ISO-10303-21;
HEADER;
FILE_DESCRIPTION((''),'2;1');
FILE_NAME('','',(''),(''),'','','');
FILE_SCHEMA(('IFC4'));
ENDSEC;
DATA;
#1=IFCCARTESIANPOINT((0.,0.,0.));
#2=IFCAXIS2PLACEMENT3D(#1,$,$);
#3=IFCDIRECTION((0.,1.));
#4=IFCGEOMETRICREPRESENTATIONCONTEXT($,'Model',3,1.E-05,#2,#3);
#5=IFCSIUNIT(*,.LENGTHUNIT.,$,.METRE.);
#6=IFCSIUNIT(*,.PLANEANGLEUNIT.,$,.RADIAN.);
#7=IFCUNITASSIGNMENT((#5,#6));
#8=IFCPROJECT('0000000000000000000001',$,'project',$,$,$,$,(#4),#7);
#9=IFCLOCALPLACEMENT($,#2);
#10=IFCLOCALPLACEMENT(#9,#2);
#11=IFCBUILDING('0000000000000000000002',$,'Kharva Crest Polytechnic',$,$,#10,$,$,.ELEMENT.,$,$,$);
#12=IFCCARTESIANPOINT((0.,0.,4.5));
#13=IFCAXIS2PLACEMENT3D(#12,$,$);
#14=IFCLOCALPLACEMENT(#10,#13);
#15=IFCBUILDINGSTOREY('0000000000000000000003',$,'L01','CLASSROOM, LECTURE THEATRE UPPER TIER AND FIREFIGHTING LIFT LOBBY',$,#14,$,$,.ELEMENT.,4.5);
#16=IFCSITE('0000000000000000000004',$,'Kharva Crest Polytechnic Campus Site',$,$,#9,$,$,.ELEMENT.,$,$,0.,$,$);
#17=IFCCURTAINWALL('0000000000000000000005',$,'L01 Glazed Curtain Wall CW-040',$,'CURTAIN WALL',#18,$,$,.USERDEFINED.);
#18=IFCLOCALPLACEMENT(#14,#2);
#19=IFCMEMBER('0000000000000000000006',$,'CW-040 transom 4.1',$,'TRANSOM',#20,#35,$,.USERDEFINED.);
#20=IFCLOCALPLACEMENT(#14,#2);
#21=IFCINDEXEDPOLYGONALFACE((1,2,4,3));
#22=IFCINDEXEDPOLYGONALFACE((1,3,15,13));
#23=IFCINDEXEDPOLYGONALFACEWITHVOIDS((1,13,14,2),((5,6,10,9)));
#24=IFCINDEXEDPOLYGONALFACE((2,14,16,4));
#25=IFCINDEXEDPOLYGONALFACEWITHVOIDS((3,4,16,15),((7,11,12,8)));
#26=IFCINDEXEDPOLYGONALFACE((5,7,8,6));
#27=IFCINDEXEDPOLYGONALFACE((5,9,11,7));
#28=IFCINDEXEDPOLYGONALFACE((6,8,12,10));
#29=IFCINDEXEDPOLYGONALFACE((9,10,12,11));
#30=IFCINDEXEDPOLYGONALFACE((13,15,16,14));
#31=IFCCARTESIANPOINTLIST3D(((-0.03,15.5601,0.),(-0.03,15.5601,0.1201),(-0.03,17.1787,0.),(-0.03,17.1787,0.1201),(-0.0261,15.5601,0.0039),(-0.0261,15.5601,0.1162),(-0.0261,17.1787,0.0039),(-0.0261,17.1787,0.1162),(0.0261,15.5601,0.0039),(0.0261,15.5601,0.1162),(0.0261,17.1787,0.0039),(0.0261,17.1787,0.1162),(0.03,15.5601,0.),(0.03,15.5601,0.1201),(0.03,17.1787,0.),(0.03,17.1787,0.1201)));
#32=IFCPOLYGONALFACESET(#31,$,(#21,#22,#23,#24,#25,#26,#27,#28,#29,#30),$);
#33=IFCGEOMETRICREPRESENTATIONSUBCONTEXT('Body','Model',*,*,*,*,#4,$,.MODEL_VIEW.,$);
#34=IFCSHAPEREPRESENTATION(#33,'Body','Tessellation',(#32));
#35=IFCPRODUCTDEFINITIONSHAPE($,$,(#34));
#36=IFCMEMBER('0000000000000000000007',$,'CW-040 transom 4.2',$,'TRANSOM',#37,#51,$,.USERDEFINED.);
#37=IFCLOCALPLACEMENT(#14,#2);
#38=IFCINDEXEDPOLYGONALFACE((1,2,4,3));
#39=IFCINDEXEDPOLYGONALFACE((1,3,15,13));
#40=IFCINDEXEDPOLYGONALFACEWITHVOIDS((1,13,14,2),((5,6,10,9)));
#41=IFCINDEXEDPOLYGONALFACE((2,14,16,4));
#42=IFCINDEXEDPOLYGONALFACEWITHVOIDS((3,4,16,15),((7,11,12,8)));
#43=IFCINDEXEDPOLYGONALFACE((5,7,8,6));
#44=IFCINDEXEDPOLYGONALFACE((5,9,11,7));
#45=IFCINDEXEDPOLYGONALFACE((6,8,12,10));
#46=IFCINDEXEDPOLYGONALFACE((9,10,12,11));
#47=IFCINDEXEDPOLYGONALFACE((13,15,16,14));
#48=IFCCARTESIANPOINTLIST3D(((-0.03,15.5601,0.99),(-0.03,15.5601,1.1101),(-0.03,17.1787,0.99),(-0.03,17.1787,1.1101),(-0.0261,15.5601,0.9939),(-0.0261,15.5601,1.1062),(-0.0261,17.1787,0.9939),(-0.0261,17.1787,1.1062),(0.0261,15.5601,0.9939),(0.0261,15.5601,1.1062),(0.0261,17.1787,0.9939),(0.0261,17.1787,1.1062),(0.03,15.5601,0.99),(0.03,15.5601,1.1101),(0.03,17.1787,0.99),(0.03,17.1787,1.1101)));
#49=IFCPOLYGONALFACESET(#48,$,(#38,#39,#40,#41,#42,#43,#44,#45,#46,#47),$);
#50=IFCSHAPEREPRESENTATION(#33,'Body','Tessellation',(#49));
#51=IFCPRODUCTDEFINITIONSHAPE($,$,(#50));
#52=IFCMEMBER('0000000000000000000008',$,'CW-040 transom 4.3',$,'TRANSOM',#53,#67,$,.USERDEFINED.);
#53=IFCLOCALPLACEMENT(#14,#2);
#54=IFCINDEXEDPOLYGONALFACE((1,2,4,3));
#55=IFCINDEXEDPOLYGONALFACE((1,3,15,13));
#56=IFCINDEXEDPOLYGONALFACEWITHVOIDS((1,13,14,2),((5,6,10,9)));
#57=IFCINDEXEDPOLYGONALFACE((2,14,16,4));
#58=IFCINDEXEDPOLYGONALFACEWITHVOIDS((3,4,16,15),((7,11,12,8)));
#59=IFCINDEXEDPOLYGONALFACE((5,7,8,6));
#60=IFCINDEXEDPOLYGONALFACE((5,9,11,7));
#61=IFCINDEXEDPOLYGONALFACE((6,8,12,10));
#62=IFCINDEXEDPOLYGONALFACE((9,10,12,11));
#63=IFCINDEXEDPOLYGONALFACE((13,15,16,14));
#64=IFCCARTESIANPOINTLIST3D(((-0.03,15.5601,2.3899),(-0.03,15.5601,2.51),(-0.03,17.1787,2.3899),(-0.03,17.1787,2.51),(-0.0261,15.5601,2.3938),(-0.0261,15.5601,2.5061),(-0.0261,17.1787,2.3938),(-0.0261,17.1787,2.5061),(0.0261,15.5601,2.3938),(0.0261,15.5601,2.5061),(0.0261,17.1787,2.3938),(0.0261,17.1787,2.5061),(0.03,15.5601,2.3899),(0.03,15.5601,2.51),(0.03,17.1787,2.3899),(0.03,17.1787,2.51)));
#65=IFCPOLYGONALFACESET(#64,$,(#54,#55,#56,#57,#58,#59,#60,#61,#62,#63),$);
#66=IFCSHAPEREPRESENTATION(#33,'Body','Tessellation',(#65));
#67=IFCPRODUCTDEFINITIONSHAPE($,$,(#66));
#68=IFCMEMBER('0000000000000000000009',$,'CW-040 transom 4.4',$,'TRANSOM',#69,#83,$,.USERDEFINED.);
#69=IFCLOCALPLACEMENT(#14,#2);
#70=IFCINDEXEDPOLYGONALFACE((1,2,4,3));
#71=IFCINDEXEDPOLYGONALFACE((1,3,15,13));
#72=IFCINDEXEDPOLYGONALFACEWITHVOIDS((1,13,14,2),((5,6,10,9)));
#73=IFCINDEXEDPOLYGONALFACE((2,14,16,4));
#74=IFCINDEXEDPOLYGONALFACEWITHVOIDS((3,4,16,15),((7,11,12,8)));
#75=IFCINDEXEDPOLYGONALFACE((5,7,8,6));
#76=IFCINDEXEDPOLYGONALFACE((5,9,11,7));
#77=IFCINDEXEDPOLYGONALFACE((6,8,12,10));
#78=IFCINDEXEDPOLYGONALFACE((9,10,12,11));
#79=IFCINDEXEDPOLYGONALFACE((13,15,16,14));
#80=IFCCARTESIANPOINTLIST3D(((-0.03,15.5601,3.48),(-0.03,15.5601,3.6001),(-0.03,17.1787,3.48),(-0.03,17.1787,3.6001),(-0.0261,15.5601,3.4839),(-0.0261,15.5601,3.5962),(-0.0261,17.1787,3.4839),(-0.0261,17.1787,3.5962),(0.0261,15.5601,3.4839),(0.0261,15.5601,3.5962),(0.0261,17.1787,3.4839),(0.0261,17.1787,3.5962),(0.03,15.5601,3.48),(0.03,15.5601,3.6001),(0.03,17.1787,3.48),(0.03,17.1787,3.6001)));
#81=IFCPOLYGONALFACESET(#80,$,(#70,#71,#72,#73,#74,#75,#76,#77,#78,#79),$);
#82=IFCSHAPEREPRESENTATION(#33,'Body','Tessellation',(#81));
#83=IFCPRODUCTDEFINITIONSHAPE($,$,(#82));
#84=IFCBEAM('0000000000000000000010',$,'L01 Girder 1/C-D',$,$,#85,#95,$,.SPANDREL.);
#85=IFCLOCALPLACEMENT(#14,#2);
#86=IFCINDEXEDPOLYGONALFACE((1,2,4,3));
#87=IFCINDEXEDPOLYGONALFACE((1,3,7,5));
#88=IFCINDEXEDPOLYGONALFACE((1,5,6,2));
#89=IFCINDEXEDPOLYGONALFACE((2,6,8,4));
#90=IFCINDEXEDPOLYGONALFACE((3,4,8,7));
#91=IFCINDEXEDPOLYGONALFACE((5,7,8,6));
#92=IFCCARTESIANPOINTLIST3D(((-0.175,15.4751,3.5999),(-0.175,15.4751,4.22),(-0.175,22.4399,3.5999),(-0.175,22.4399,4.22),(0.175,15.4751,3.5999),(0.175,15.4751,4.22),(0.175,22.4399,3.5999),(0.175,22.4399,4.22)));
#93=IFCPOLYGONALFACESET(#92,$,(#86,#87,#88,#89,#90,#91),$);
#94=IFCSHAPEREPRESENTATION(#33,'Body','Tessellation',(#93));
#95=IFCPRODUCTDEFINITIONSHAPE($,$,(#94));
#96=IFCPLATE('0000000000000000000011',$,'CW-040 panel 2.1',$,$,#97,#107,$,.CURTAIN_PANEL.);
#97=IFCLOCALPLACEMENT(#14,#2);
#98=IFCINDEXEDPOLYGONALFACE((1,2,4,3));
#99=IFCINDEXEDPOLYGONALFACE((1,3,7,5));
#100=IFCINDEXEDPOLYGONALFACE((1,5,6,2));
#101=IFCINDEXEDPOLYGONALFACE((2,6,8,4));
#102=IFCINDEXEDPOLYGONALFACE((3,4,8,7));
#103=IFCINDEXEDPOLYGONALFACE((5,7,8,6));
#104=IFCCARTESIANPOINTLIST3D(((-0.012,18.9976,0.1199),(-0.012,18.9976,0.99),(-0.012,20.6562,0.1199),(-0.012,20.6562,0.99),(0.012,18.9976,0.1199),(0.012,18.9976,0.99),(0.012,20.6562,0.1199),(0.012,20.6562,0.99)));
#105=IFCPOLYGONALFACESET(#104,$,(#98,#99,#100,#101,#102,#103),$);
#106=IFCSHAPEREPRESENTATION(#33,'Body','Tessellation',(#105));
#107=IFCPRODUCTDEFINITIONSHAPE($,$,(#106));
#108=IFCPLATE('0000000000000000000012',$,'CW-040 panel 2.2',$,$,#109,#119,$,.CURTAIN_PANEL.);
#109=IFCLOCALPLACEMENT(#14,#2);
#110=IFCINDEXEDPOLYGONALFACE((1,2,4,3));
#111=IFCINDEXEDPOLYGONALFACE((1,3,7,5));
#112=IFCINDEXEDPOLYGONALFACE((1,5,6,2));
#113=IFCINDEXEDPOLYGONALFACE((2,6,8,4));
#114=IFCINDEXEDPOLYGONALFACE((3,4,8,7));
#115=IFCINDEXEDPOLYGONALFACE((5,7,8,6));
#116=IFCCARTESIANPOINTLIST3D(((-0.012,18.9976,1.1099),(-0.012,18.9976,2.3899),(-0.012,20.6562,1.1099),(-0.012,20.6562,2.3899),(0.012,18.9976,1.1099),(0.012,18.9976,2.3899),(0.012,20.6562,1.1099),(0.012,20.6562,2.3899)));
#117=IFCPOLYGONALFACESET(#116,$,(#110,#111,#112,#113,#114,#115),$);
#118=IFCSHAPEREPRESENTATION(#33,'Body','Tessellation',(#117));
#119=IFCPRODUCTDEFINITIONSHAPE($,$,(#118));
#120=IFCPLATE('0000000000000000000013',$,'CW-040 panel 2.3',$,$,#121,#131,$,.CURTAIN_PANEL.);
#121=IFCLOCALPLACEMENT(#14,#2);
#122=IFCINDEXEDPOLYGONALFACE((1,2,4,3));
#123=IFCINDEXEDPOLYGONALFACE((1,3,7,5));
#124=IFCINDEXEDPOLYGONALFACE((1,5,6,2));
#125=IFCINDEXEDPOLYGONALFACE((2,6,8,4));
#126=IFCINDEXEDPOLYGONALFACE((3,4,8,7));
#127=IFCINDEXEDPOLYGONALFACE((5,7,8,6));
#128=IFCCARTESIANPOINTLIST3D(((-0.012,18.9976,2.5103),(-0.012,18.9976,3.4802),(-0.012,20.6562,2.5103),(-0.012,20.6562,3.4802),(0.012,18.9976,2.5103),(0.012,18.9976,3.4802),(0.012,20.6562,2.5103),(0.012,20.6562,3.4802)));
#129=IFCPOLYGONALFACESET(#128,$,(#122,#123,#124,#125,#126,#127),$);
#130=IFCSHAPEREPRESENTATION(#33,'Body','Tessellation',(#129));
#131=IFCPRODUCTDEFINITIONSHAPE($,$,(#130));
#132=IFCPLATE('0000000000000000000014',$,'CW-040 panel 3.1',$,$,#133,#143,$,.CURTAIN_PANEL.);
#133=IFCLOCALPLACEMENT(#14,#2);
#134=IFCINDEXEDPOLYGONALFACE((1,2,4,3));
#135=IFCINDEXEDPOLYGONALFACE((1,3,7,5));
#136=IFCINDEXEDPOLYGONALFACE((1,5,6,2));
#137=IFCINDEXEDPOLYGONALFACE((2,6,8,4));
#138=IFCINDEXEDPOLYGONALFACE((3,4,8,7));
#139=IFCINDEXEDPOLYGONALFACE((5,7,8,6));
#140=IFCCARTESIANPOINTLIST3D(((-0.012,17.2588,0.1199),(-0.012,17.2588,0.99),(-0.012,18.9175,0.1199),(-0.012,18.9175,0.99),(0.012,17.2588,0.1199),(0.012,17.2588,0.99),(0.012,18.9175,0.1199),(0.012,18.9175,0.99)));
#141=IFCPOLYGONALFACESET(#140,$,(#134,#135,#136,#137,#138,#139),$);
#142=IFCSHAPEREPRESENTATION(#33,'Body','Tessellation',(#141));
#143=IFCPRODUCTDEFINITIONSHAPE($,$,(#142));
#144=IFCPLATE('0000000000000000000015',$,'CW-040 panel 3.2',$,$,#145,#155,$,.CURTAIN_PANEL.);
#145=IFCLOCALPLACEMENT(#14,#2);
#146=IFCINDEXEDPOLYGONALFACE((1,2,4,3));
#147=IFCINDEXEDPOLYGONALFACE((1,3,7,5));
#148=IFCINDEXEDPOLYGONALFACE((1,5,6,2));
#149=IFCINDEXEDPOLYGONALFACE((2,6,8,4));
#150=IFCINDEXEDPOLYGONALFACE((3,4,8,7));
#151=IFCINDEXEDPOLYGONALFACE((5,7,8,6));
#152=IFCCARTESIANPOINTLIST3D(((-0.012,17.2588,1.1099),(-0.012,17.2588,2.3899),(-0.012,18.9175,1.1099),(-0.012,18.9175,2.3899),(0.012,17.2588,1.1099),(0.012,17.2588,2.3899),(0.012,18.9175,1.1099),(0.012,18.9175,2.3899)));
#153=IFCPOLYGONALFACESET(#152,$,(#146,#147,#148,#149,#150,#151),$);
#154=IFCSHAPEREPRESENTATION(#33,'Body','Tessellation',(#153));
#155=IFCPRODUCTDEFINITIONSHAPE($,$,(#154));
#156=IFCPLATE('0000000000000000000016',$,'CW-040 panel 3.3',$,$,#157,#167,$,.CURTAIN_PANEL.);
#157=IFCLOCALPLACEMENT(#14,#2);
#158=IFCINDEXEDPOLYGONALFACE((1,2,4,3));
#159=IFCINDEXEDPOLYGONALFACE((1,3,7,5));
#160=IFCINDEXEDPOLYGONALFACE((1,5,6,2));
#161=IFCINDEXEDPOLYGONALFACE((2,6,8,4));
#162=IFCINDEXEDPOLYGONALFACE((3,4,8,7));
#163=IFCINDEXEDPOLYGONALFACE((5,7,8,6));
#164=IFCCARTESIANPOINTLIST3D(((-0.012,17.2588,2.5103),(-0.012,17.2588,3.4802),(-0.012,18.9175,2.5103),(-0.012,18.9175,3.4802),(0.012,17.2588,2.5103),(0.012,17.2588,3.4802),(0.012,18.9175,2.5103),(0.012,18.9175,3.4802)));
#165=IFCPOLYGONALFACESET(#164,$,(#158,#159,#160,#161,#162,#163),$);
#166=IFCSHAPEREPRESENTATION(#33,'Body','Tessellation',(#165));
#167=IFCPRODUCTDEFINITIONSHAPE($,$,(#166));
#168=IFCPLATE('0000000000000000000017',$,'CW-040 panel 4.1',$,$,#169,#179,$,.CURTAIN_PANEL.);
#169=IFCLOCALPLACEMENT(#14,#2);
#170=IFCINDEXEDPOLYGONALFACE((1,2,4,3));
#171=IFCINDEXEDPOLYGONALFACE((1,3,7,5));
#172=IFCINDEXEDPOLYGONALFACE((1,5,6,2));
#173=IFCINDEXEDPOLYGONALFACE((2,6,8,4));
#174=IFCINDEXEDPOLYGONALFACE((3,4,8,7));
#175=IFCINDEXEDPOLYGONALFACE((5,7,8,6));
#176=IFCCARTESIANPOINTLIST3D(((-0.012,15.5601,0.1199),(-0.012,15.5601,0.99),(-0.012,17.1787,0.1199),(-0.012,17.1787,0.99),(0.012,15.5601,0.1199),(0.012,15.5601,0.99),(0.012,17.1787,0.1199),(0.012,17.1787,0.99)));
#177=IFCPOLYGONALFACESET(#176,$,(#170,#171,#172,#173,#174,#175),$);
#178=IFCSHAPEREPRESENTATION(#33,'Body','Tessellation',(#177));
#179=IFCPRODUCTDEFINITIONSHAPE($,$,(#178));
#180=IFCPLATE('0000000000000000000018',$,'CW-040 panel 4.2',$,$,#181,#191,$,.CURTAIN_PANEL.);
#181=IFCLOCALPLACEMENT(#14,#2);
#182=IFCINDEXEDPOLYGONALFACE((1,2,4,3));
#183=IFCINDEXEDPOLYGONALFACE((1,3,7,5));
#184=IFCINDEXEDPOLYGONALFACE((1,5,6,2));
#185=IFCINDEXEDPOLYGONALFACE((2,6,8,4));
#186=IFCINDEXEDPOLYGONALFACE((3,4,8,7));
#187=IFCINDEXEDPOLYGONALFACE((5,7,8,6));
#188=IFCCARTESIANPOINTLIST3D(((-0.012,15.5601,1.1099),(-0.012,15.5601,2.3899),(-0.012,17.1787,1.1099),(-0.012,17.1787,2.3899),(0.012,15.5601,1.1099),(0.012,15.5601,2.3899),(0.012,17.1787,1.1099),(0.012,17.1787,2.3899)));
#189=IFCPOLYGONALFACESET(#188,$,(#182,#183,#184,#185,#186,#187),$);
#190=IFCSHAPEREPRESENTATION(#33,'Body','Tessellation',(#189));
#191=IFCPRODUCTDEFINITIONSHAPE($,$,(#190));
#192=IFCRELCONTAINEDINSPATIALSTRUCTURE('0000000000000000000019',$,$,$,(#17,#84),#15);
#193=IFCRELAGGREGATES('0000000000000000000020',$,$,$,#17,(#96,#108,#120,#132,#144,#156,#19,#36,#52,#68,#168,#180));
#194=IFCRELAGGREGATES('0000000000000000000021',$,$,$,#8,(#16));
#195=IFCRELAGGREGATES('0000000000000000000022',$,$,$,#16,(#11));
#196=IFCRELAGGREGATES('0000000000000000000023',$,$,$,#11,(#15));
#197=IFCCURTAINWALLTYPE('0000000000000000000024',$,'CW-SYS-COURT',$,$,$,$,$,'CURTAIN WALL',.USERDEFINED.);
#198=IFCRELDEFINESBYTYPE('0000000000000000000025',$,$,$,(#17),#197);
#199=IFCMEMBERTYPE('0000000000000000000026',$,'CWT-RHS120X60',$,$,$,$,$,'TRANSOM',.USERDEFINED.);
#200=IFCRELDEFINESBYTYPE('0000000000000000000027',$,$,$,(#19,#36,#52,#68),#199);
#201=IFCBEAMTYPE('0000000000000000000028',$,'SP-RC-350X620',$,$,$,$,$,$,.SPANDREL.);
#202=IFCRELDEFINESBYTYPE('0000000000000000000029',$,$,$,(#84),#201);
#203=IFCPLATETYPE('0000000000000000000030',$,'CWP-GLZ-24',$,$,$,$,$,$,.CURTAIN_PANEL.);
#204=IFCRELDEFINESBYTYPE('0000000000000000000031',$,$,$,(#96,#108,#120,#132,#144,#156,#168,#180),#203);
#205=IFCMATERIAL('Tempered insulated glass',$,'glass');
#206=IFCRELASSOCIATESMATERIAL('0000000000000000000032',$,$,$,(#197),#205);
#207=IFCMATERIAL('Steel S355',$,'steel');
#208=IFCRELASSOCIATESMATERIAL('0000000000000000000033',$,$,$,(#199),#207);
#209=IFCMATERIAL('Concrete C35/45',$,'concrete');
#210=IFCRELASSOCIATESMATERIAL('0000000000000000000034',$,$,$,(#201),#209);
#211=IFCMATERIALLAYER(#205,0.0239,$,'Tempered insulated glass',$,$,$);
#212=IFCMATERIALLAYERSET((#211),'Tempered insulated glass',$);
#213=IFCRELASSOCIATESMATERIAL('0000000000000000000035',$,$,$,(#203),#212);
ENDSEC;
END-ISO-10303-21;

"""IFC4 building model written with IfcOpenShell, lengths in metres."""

from ifc_helpers import new_model, si_unit, direction, frame, origin, origin_2d, place, context, subcontext, project, spatial, rectangle, hollow_rectangle, extrude, material, layer, layer_set, material_profile, profile_set, type_object, element, aggregate, save


model = new_model("IFC4")

# Units and contexts
model_context = context("Model", 3, precision=1e-05, world=origin(), true_north=direction((0.0, 1.0)))
body_context = subcontext(model_context, "Body", "Model", "MODEL_VIEW")
ifc_project = project(units=[si_unit("LENGTHUNIT", "METRE"), si_unit("PLANEANGLEUNIT", "RADIAN")], contexts=[model_context])

# Site, building, storey
site_placement = place(None, origin())
site = spatial("IfcSite", under=ifc_project, at=site_placement, Name="Kharva Crest Polytechnic Campus Site", CompositionType="ELEMENT", RefElevation=0.0)
building_placement = place(site_placement, origin())
building = spatial("IfcBuilding", under=site, at=building_placement, Name="Kharva Crest Polytechnic", CompositionType="ELEMENT")
storey_placement = place(building_placement, frame((0.0, 0.0, 4.5)))
storey = spatial("IfcBuildingStorey", under=building, at=storey_placement, Name="L01", Description="CLASSROOM, LECTURE THEATRE UPPER TIER AND FIREFIGHTING LIFT LOBBY", CompositionType="ELEMENT", Elevation=4.5)

# Shared definitions
ifc_material_1 = material(Name="Concrete C35/45", Category="concrete")
ifc_material_2 = material(Name="Steel S355", Category="steel")

# Curtain wall, members
ifc_material_3 = material(Name="Tempered insulated glass", Category="glass")
curtain_wall_type = type_object("IfcCurtainWallType", Name="CW-SYS-COURT", ElementType="CURTAIN WALL", PredefinedType="USERDEFINED", material=ifc_material_3)
curtain_wall_placement = place(storey_placement, origin())
curtain_wall = element("IfcCurtainWall", 1, at=curtain_wall_placement, inside=storey, type_object=curtain_wall_type, Name="L01 Glazed Curtain Wall CW-040", ObjectType="CURTAIN WALL", PredefinedType="USERDEFINED")
ifc_material_profile_1 = material_profile(ifc_material_2, hollow_rectangle(XDim=0.0601, YDim=0.1201, WallThickness=0.0039, at=origin_2d()), Name="RHS 120X60X4.0")
ifc_profile_set_1 = profile_set([ifc_material_profile_1], Name="Steel S355")
member_type_1 = type_object("IfcMemberType", Name="CWT-RHS120X60", ElementType="TRANSOM", PredefinedType="USERDEFINED", material=ifc_profile_set_1)
member_1_placement = place(storey_placement, frame((0.0, 17.1787, 0.0601), z_axis=(0.0, -1.0, 0.0), x_axis=(1.0, 0.0, 0.0)))
member_1 = element("IfcMember", 2, at=member_1_placement, type_object=member_type_1, Name="CW-040 transom 4.1", ObjectType="TRANSOM", PredefinedType="USERDEFINED", context=body_context, shape_type="SweptSolid", body=[
    extrude(hollow_rectangle(XDim=0.0601, YDim=0.1201, WallThickness=0.0039, at=origin_2d()), origin(), (0.0, 0.0, 1.0), 1.6187),
])
member_2_placement = place(storey_placement, frame((0.0, 17.1787, 1.05), z_axis=(0.0, -1.0, 0.0), x_axis=(1.0, 0.0, 0.0)))
member_2 = element("IfcMember", 3, at=member_2_placement, type_object=member_type_1, Name="CW-040 transom 4.2", ObjectType="TRANSOM", PredefinedType="USERDEFINED", context=body_context, shape_type="SweptSolid", body=[
    extrude(hollow_rectangle(XDim=0.0601, YDim=0.1201, WallThickness=0.0039, at=origin_2d()), origin(), (0.0, 0.0, 1.0), 1.6187),
])
member_3_placement = place(storey_placement, frame((0.0, 17.1787, 2.45), z_axis=(0.0, -1.0, 0.0), x_axis=(1.0, 0.0, 0.0)))
member_3 = element("IfcMember", 4, at=member_3_placement, type_object=member_type_1, Name="CW-040 transom 4.3", ObjectType="TRANSOM", PredefinedType="USERDEFINED", context=body_context, shape_type="SweptSolid", body=[
    extrude(hollow_rectangle(XDim=0.0601, YDim=0.1201, WallThickness=0.0039, at=origin_2d()), origin(), (0.0, 0.0, 1.0), 1.6187),
])
member_4_placement = place(storey_placement, frame((0.0, 17.1787, 3.54), z_axis=(0.0, -1.0, 0.0), x_axis=(1.0, 0.0, 0.0)))
member_4 = element("IfcMember", 5, at=member_4_placement, type_object=member_type_1, Name="CW-040 transom 4.4", ObjectType="TRANSOM", PredefinedType="USERDEFINED", context=body_context, shape_type="SweptSolid", body=[
    extrude(hollow_rectangle(XDim=0.0601, YDim=0.1201, WallThickness=0.0039, at=origin_2d()), origin(), (0.0, 0.0, 1.0), 1.6187),
])

# Beam
ifc_material_profile_2 = material_profile(ifc_material_1, rectangle(XDim=0.3501, YDim=0.6201, at=origin_2d()), Name="RECT 350 X 620")
ifc_profile_set_2 = profile_set([ifc_material_profile_2], Name="Concrete C35/45")
beam_type_1 = type_object("IfcBeamType", Name="SP-RC-350X620", PredefinedType="SPANDREL", material=ifc_profile_set_2)
beam_1_placement = place(storey_placement, frame((0.0, 15.4751, 3.9099), z_axis=(0.0, 1.0, 0.0), x_axis=(-1.0, 0.0, 0.0)))
element("IfcBeam", 6, at=beam_1_placement, inside=storey, type_object=beam_type_1, Name="L01 Girder 1/C-D", PredefinedType="SPANDREL", context=body_context, shape_type="SweptSolid", body=[
    extrude(rectangle(XDim=0.3501, YDim=0.6201, at=origin_2d()), origin(), (0.0, 0.0, 1.0), 6.9648),
])

# Plates
ifc_layer = layer(ifc_material_3, 0.0239, Name="Tempered insulated glass")
ifc_layer_set = layer_set([ifc_layer], Name="Tempered insulated glass")
plate_type = type_object("IfcPlateType", Name="CWP-GLZ-24", PredefinedType="CURTAIN_PANEL", material=ifc_layer_set)
plate_1_placement = place(storey_placement, frame((0.0, 19.8269, 0.1199), z_axis=(0.0, 0.0, 1.0), x_axis=(0.0, -1.0, 0.0)))
plate_1 = element("IfcPlate", 7, at=plate_1_placement, type_object=plate_type, Name="CW-040 panel 2.1", PredefinedType="CURTAIN_PANEL", context=body_context, shape_type="SweptSolid", body=[
    extrude(rectangle(XDim=1.6587, YDim=0.0239, at=origin_2d()), origin(), (0.0, 0.0, 1.0), 0.8701),
])
plate_2_placement = place(storey_placement, frame((0.0, 19.8269, 1.1099), z_axis=(0.0, 0.0, 1.0), x_axis=(0.0, -1.0, 0.0)))
plate_2 = element("IfcPlate", 8, at=plate_2_placement, type_object=plate_type, Name="CW-040 panel 2.2", PredefinedType="CURTAIN_PANEL", context=body_context, shape_type="SweptSolid", body=[
    extrude(rectangle(XDim=1.6587, YDim=0.0239, at=origin_2d()), origin(), (0.0, 0.0, 1.0), 1.28),
])
plate_3_placement = place(storey_placement, frame((0.0, 19.8269, 2.5103), z_axis=(0.0, 0.0, 1.0), x_axis=(0.0, -1.0, 0.0)))
plate_3 = element("IfcPlate", 9, at=plate_3_placement, type_object=plate_type, Name="CW-040 panel 2.3", PredefinedType="CURTAIN_PANEL", context=body_context, shape_type="SweptSolid", body=[
    extrude(rectangle(XDim=1.6587, YDim=0.0239, at=origin_2d()), origin(), (0.0, 0.0, 1.0), 0.97),
])
plate_4_placement = place(storey_placement, frame((0.0, 18.0881, 0.1199), z_axis=(0.0, 0.0, 1.0), x_axis=(0.0, -1.0, 0.0)))
plate_4 = element("IfcPlate", 10, at=plate_4_placement, type_object=plate_type, Name="CW-040 panel 3.1", PredefinedType="CURTAIN_PANEL", context=body_context, shape_type="SweptSolid", body=[
    extrude(rectangle(XDim=1.6587, YDim=0.0239, at=origin_2d()), origin(), (0.0, 0.0, 1.0), 0.8701),
])
plate_5_placement = place(storey_placement, frame((0.0, 18.0881, 1.1099), z_axis=(0.0, 0.0, 1.0), x_axis=(0.0, -1.0, 0.0)))
plate_5 = element("IfcPlate", 11, at=plate_5_placement, type_object=plate_type, Name="CW-040 panel 3.2", PredefinedType="CURTAIN_PANEL", context=body_context, shape_type="SweptSolid", body=[
    extrude(rectangle(XDim=1.6587, YDim=0.0239, at=origin_2d()), origin(), (0.0, 0.0, 1.0), 1.28),
])
plate_6_placement = place(storey_placement, frame((0.0, 18.0881, 2.5103), z_axis=(0.0, 0.0, 1.0), x_axis=(0.0, -1.0, 0.0)))
plate_6 = element("IfcPlate", 12, at=plate_6_placement, type_object=plate_type, Name="CW-040 panel 3.3", PredefinedType="CURTAIN_PANEL", context=body_context, shape_type="SweptSolid", body=[
    extrude(rectangle(XDim=1.6587, YDim=0.0239, at=origin_2d()), origin(), (0.0, 0.0, 1.0), 0.97),
])
plate_7_placement = place(storey_placement, frame((0.0, 16.3694, 0.1199), z_axis=(0.0, 0.0, 1.0), x_axis=(0.0, -1.0, 0.0)))
plate_7 = element("IfcPlate", 13, at=plate_7_placement, type_object=plate_type, Name="CW-040 panel 4.1", PredefinedType="CURTAIN_PANEL", context=body_context, shape_type="SweptSolid", body=[
    extrude(rectangle(XDim=1.6187, YDim=0.0239, at=origin_2d()), origin(), (0.0, 0.0, 1.0), 0.8701),
])
plate_8_placement = place(storey_placement, frame((0.0, 16.3694, 1.1099), z_axis=(0.0, 0.0, 1.0), x_axis=(0.0, -1.0, 0.0)))
plate_8 = element("IfcPlate", 14, at=plate_8_placement, type_object=plate_type, Name="CW-040 panel 4.2", PredefinedType="CURTAIN_PANEL", context=body_context, shape_type="SweptSolid", body=[
    extrude(rectangle(XDim=1.6187, YDim=0.0239, at=origin_2d()), origin(), (0.0, 0.0, 1.0), 1.28),
])
aggregate(curtain_wall, [plate_1, plate_2, plate_3, plate_4, plate_5, plate_6, member_1, member_2, member_3, member_4, plate_7, plate_8])

save(model, "model.ifc")
